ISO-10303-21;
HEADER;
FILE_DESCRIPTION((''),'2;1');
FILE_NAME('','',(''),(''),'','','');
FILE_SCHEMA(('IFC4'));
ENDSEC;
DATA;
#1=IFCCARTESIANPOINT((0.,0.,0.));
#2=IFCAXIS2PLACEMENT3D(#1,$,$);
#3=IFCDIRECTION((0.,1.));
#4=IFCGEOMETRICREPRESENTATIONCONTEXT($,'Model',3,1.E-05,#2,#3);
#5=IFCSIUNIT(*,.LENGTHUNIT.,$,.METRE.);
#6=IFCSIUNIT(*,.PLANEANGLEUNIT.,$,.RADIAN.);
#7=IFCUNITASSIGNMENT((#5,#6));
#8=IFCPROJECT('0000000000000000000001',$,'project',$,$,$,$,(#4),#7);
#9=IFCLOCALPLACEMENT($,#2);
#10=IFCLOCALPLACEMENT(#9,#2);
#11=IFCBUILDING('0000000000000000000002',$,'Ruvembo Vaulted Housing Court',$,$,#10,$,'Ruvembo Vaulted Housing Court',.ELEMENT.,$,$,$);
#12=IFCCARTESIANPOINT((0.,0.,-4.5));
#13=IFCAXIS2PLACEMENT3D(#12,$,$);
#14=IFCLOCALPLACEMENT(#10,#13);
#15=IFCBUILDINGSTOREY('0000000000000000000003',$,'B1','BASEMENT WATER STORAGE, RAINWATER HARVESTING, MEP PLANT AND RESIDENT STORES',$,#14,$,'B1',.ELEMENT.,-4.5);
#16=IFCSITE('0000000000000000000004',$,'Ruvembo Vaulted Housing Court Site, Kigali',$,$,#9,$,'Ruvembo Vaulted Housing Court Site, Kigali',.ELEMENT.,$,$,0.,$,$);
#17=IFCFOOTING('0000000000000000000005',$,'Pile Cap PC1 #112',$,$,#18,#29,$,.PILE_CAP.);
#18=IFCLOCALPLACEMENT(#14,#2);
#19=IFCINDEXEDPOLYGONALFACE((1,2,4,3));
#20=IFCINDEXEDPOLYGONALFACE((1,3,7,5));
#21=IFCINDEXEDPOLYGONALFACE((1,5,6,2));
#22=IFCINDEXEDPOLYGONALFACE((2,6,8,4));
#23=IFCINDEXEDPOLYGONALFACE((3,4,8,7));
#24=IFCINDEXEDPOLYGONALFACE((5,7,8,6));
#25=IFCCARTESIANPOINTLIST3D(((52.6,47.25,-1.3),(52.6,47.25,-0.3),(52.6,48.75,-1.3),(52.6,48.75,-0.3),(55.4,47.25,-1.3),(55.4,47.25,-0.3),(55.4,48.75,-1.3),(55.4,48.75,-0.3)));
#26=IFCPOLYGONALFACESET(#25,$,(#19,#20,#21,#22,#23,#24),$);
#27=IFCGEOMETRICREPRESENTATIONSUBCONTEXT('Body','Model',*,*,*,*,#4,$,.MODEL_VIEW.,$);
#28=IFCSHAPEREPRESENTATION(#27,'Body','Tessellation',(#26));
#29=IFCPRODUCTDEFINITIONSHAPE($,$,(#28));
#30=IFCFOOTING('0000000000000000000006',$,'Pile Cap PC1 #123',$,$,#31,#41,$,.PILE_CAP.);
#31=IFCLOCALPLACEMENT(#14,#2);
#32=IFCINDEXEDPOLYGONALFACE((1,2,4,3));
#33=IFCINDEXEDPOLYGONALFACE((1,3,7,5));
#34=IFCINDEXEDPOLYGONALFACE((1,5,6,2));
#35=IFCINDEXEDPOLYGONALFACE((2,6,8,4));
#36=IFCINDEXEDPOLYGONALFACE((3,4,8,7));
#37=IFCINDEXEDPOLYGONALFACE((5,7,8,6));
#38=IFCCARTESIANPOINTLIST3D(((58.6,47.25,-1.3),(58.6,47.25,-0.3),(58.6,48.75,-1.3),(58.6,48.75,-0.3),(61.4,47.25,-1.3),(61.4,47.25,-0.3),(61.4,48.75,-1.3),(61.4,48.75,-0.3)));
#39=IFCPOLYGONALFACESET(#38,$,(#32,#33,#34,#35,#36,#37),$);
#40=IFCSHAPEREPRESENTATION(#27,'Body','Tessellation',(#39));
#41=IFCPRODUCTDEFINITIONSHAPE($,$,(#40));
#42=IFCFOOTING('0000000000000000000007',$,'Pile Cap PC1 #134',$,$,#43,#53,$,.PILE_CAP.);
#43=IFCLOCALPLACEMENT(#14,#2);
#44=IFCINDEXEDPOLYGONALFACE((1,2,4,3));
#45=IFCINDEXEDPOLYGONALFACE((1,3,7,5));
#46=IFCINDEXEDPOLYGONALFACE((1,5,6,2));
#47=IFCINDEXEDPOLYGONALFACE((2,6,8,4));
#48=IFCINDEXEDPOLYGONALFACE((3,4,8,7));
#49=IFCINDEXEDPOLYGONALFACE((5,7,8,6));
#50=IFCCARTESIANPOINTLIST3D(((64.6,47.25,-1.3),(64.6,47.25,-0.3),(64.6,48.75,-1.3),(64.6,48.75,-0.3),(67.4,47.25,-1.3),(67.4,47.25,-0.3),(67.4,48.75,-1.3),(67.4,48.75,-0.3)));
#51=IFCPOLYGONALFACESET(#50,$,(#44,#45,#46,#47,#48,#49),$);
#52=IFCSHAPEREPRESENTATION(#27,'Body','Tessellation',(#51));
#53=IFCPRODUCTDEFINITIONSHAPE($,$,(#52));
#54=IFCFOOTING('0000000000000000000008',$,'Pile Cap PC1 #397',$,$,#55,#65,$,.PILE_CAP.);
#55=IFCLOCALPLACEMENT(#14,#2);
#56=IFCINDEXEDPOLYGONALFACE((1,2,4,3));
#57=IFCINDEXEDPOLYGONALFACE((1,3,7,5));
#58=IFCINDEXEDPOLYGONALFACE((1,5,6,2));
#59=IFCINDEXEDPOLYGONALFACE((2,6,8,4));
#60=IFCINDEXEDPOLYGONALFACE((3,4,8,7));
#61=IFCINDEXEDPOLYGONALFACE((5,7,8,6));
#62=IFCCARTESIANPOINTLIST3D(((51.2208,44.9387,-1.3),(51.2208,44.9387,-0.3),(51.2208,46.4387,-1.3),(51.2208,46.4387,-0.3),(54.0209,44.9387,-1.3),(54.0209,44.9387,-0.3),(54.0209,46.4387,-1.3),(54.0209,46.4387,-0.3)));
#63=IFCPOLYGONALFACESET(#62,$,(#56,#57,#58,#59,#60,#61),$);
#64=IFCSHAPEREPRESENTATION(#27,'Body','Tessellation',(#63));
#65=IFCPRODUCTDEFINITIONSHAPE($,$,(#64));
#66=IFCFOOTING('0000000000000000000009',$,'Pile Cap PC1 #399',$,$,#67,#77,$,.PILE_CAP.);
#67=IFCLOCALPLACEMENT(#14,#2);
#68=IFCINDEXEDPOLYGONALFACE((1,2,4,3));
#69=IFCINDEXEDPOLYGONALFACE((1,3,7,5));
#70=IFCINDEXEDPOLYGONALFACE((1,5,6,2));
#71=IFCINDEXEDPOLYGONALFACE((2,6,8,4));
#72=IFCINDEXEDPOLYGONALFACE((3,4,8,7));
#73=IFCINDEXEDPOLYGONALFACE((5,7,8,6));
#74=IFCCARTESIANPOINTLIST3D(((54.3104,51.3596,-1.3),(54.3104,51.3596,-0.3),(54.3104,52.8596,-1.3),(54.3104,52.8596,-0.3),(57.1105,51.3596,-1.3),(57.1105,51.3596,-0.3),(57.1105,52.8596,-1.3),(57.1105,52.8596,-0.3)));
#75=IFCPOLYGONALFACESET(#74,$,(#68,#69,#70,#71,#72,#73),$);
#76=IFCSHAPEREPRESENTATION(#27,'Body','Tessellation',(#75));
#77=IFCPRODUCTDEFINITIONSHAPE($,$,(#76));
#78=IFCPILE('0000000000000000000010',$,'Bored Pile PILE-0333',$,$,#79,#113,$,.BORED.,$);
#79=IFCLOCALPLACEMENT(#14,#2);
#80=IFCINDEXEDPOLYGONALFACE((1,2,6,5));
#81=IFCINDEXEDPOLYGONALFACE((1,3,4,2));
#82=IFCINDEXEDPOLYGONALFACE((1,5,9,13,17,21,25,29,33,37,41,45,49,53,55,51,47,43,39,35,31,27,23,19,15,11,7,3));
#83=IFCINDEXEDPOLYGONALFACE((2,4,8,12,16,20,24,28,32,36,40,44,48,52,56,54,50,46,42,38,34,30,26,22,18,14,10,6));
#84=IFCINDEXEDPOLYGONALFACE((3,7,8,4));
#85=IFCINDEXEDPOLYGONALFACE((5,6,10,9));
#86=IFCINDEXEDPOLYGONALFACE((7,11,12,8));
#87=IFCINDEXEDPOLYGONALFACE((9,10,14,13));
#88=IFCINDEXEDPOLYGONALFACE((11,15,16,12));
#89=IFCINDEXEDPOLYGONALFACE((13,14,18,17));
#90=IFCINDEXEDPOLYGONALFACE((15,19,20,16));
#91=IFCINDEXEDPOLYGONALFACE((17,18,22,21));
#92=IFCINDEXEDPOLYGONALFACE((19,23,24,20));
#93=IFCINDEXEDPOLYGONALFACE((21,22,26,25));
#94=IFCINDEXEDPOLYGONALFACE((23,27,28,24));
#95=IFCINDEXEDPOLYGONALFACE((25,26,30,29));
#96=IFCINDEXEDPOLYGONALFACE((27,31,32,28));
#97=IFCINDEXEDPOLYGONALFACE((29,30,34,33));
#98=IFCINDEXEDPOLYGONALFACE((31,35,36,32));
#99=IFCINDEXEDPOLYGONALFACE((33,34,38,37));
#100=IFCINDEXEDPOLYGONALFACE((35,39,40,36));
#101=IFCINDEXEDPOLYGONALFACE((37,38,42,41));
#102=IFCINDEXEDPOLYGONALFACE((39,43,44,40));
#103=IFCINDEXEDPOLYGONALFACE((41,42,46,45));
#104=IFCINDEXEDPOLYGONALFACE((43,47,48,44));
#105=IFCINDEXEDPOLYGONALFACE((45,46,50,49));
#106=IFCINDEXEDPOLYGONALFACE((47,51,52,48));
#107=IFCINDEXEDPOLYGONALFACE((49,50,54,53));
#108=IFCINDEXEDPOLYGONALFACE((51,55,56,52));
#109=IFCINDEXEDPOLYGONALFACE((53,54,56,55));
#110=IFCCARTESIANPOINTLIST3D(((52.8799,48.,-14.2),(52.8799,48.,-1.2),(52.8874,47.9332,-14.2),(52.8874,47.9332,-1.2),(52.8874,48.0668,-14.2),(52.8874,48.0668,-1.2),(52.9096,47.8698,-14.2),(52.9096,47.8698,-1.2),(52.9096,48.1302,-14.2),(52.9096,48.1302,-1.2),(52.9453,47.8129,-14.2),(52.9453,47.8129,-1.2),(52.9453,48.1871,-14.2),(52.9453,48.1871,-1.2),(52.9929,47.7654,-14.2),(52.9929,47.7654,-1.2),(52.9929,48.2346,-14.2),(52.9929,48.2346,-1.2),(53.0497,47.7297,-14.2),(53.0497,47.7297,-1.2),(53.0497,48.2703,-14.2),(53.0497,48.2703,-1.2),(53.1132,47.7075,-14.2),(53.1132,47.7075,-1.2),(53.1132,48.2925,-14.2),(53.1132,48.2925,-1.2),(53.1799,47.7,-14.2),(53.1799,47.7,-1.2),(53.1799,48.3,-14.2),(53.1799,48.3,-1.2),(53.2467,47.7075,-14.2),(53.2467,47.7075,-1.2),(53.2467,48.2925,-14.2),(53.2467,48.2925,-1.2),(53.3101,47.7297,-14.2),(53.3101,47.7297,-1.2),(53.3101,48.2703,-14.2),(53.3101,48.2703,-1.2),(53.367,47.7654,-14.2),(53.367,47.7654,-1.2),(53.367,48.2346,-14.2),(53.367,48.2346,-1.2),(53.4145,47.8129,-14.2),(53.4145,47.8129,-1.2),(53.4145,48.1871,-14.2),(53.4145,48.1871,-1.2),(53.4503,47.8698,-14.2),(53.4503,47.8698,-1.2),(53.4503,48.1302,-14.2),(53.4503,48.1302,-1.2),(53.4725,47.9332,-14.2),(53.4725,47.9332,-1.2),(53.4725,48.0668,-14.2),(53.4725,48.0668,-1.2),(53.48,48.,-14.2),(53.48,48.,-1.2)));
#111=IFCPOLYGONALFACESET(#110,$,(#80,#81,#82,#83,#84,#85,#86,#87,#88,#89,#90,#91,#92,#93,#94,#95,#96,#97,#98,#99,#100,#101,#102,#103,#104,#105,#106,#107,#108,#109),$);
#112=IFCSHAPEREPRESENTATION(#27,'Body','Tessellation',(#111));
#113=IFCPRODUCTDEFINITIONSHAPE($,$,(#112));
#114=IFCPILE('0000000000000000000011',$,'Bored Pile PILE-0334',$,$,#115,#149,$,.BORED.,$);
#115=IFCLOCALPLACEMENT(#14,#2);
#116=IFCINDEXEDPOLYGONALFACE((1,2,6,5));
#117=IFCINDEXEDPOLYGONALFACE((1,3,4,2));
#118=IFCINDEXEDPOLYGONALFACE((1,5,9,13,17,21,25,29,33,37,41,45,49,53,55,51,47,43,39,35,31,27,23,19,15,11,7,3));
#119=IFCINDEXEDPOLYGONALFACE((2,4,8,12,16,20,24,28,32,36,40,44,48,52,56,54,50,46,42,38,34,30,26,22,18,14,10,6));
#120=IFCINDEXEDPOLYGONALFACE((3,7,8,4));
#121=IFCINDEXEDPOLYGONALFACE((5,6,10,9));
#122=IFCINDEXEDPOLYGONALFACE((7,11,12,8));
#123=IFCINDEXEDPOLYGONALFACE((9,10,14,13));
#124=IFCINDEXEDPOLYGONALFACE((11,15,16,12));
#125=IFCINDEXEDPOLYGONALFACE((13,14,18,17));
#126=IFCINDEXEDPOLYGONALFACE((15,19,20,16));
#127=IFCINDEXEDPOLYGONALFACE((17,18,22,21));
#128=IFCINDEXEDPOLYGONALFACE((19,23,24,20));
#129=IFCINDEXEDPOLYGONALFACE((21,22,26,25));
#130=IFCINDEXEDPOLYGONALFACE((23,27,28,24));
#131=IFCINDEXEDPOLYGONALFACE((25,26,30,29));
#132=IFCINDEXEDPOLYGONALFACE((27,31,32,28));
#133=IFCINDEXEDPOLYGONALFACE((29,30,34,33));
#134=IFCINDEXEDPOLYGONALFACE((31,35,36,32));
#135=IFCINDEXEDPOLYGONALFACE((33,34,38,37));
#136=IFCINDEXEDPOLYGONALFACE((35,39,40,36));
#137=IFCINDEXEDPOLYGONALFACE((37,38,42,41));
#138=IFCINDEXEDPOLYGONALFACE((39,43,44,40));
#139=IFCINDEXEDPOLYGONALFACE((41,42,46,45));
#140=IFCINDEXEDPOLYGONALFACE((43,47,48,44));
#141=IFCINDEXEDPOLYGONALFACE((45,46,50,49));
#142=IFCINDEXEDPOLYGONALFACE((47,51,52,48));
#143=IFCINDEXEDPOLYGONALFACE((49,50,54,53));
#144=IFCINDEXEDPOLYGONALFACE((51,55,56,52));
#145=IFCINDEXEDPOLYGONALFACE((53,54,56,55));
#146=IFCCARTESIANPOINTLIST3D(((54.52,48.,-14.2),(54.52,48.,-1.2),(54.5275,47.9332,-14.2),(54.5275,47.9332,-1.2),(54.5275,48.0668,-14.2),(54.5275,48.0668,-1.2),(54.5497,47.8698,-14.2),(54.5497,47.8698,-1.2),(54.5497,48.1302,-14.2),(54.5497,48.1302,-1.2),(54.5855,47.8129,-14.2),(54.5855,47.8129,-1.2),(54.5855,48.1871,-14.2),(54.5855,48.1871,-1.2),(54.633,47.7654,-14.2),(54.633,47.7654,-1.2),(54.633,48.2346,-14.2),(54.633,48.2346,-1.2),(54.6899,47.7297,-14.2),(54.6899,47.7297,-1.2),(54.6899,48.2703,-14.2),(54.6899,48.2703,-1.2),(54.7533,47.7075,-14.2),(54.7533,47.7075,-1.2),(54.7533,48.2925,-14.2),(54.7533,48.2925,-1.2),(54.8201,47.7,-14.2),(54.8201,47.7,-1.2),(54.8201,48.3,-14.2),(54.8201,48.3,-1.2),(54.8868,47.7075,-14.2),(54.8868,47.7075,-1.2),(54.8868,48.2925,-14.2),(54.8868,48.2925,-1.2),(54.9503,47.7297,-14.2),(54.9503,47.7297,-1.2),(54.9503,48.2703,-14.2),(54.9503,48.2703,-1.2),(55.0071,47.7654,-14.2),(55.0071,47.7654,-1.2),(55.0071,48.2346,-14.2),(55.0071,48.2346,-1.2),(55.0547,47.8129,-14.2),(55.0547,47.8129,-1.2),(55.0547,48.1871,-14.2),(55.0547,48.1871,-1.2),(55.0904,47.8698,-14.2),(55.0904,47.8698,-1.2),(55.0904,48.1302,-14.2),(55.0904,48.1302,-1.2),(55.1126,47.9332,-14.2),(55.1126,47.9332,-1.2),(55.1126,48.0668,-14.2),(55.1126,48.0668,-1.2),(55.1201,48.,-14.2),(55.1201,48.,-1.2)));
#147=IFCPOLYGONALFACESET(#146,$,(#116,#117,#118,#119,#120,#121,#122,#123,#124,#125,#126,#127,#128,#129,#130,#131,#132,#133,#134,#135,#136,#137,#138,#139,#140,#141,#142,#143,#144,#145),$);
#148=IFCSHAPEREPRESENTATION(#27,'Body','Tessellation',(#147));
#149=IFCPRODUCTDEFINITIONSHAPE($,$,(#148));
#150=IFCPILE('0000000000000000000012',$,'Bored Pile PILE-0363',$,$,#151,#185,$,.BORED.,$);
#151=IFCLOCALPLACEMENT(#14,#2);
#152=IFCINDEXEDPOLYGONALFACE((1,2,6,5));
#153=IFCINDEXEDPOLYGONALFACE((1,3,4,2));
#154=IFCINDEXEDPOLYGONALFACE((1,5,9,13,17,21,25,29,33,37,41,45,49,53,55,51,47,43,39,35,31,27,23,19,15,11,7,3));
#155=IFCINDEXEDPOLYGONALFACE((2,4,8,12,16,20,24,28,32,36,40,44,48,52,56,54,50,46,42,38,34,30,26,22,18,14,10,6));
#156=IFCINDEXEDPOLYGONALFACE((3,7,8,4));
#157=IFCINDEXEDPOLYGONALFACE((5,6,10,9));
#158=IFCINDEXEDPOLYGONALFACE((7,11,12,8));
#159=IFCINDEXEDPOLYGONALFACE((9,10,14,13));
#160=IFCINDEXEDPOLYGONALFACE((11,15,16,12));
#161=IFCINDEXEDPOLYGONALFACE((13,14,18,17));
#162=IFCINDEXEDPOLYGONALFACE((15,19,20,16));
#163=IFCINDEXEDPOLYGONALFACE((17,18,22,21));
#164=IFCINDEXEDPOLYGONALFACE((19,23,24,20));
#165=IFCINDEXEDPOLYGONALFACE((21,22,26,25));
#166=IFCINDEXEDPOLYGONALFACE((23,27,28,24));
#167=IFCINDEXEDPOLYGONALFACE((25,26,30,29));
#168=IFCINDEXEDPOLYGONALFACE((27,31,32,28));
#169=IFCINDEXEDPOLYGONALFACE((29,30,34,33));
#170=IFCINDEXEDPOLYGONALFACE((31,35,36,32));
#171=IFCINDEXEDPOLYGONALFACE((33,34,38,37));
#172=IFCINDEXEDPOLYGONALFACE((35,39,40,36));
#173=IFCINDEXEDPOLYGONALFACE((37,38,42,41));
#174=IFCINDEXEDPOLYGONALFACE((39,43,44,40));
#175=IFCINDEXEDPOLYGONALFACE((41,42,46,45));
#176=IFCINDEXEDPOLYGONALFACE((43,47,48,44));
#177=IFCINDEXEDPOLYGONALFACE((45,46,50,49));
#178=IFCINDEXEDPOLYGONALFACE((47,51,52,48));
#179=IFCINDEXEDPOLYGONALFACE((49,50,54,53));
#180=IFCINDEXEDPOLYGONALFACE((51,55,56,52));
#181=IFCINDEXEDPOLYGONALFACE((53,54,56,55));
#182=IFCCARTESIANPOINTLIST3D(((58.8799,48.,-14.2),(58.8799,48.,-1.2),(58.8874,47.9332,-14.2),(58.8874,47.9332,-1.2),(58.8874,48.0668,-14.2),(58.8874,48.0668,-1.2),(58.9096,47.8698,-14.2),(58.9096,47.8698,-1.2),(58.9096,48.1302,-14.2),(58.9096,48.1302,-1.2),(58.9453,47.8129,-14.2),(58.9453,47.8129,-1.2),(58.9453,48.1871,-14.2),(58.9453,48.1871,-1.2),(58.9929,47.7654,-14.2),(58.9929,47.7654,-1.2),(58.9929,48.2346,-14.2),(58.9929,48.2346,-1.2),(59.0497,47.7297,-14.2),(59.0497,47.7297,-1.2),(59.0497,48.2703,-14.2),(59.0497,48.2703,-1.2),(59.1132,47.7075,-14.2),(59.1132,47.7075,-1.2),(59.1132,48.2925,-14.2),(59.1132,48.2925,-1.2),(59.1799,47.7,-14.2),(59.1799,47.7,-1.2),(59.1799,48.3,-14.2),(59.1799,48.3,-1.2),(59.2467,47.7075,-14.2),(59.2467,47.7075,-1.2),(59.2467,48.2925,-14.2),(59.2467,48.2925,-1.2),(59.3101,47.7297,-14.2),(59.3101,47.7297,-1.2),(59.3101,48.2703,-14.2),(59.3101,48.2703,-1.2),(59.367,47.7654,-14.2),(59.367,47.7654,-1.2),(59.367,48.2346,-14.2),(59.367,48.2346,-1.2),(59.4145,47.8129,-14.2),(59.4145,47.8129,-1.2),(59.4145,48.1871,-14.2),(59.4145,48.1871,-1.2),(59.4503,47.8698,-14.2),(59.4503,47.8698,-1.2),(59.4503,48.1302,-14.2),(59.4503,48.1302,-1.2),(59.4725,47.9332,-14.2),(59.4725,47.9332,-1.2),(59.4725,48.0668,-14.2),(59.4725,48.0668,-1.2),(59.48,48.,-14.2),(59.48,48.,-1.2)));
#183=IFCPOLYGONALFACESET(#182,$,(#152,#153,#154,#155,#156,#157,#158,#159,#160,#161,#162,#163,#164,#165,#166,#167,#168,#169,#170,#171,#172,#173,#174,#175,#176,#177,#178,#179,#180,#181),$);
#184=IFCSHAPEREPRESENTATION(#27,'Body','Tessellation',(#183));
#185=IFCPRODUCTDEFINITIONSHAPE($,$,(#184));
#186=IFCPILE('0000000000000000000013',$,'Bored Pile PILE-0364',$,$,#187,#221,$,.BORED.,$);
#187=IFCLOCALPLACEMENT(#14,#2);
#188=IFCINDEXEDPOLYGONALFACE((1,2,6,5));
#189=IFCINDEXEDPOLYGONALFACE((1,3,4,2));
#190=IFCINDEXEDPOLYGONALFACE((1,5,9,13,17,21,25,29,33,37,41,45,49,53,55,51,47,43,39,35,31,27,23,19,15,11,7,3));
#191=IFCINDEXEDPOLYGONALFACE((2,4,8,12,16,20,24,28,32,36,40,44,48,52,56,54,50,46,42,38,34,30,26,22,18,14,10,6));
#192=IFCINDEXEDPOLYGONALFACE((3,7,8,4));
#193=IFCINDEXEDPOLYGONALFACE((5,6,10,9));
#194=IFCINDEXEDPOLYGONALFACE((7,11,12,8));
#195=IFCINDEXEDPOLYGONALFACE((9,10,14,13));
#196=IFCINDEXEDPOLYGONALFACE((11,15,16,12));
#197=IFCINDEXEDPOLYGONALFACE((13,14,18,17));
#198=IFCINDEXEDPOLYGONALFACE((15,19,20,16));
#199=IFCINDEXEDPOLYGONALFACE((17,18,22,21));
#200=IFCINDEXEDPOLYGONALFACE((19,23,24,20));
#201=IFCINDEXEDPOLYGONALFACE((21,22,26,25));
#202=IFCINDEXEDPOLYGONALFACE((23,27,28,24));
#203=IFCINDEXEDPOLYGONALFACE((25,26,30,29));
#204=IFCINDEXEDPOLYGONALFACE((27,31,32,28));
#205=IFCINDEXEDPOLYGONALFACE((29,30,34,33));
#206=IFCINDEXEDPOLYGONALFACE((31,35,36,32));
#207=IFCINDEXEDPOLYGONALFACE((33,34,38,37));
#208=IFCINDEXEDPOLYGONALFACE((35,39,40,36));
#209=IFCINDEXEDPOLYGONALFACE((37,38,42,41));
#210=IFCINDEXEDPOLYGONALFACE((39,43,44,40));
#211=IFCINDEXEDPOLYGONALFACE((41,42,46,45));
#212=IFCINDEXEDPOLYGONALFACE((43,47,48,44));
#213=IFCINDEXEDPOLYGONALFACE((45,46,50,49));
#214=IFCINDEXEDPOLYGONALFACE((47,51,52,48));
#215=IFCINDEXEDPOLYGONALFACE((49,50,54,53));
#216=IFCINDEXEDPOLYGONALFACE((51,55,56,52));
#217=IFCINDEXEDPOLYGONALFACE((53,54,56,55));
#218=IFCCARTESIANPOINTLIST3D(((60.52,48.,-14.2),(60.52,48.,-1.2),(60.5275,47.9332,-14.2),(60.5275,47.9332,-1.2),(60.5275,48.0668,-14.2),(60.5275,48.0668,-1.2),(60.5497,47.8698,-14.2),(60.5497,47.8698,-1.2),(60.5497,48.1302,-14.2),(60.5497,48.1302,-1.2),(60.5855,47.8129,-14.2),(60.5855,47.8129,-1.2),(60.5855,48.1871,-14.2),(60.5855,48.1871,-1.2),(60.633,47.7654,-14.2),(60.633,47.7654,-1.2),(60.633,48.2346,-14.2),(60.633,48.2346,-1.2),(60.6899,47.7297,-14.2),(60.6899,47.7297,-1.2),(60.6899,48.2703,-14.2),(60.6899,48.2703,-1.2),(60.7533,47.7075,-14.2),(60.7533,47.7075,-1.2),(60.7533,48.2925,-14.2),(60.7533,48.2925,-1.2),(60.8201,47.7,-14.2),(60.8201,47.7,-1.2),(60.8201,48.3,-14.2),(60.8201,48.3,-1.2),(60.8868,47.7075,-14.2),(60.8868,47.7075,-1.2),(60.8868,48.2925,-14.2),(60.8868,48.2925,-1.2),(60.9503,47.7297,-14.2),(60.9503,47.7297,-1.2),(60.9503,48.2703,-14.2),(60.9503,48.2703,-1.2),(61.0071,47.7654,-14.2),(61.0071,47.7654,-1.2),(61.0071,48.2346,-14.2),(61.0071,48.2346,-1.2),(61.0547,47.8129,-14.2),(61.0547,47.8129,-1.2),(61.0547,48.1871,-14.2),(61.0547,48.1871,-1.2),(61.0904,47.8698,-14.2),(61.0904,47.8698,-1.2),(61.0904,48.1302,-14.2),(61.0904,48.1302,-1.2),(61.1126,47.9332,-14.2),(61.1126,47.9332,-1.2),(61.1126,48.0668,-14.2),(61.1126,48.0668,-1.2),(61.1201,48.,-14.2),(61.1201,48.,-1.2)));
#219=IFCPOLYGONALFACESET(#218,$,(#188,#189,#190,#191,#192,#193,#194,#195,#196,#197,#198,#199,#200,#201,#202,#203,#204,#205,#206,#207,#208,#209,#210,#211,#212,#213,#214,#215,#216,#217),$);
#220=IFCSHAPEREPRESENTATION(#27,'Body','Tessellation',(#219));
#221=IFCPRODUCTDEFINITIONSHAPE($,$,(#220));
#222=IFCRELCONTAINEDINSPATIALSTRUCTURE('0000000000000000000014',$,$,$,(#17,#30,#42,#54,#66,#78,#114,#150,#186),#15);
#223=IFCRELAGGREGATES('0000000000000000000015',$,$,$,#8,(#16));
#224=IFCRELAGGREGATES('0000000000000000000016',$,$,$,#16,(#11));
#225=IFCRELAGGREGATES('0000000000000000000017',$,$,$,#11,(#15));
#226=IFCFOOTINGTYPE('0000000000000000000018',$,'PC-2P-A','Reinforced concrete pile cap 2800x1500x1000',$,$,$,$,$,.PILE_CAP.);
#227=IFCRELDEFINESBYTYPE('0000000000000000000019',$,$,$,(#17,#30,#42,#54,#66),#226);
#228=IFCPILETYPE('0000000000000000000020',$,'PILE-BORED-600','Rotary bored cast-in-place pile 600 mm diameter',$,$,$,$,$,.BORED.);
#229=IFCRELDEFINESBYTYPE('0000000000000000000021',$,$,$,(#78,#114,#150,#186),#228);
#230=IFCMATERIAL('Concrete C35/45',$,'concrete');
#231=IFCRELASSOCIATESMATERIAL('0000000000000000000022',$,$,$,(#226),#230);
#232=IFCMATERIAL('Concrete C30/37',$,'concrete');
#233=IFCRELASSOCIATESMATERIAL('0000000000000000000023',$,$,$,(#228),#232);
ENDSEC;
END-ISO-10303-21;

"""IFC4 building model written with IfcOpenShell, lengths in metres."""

from ifc_helpers import new_model, si_unit, direction, frame, origin, origin_2d, place, context, subcontext, project, spatial, rectangle, circle, extrude, material, material_profile, profile_set, type_object, element, save


model = new_model("IFC4")

# Units and contexts
model_context = context("Model", 3, precision=1e-05, world=origin(), true_north=direction((0.0, 1.0)))
body_context = subcontext(model_context, "Body", "Model", "MODEL_VIEW")
ifc_project = project(units=[si_unit("LENGTHUNIT", "METRE"), si_unit("PLANEANGLEUNIT", "RADIAN")], contexts=[model_context])

# Site, building, storey
site_placement = place(None, origin())
site = spatial("IfcSite", under=ifc_project, at=site_placement, Name="Ruvembo Vaulted Housing Court Site, Kigali", LongName="Ruvembo Vaulted Housing Court Site, Kigali", CompositionType="ELEMENT", RefElevation=0.0)
building_placement = place(site_placement, origin())
building = spatial("IfcBuilding", under=site, at=building_placement, Name="Ruvembo Vaulted Housing Court", LongName="Ruvembo Vaulted Housing Court", CompositionType="ELEMENT")
storey_placement = place(building_placement, frame((0.0, 0.0, -4.5)))
storey = spatial("IfcBuildingStorey", under=building, at=storey_placement, Name="B1", Description="BASEMENT WATER STORAGE, RAINWATER HARVESTING, MEP PLANT AND RESIDENT STORES", LongName="B1", CompositionType="ELEMENT", Elevation=-4.5)

# Footings
ifc_material_1 = material(Name="Concrete C35/45", Category="concrete")
footing_type = type_object("IfcFootingType", Name="PC-2P-A", Description="Reinforced concrete pile cap 2800x1500x1000", PredefinedType="PILE_CAP", material=ifc_material_1)
for number, where, z_axis, x_axis, name in (
    (1, (54.0, 48.0, -1.3), (0.0, 0.0, 1.0), (1.0, 0.0, 0.0), "Pile Cap PC1 #112"),
    (2, (60.0, 48.0, -1.3), (0.0, 0.0, 1.0), (1.0, 0.0, 0.0), "Pile Cap PC1 #123"),
    (3, (66.0, 48.0, -1.3), (0.0, 0.0, 1.0), (1.0, 0.0, 0.0), "Pile Cap PC1 #134"),
    (4, (52.6208, 45.6887, -1.3), (0.0, 0.0, 1.0), (1.0, 0.0, 0.0), "Pile Cap PC1 #397"),
    (5, (55.7104, 52.1096, -1.3), (0.0, 0.0, 1.0), (1.0, 0.0, 0.0), "Pile Cap PC1 #399"),
):
    element("IfcFooting", number, at=place(storey_placement, frame(where, z_axis=z_axis, x_axis=x_axis)), inside=storey, type_object=footing_type, Name=name, PredefinedType="PILE_CAP", context=body_context, shape_type="SweptSolid", body=[
        extrude(rectangle(XDim=2.8, YDim=1.5, at=origin_2d()), origin(), (0.0, 0.0, 1.0), 1.0),
    ])

# Piles
ifc_material_2 = material(Name="Concrete C30/37", Category="concrete")
ifc_material_profile_1 = material_profile(ifc_material_2, circle(Radius=0.3, at=origin_2d()), Name="PILE D600")
ifc_profile_set_1 = profile_set([ifc_material_profile_1], Name="Concrete C30/37")
pile_type = type_object("IfcPileType", Name="PILE-BORED-600", Description="Rotary bored cast-in-place pile 600 mm diameter", PredefinedType="BORED", material=ifc_profile_set_1)
for number, where, z_axis, x_axis, name in (
    (6, (53.1799, 48.0, -1.2), (0.0, 0.0, -1.0), (1.0, 0.0, 0.0), "Bored Pile PILE-0333"),
    (7, (54.8201, 48.0, -1.2), (0.0, 0.0, -1.0), (1.0, 0.0, 0.0), "Bored Pile PILE-0334"),
    (8, (59.1799, 48.0, -1.2), (0.0, 0.0, -1.0), (1.0, 0.0, 0.0), "Bored Pile PILE-0363"),
    (9, (60.8201, 48.0, -1.2), (0.0, 0.0, -1.0), (1.0, 0.0, 0.0), "Bored Pile PILE-0364"),
):
    element("IfcPile", number, at=place(storey_placement, frame(where, z_axis=z_axis, x_axis=x_axis)), inside=storey, type_object=pile_type, Name=name, PredefinedType="BORED", context=body_context, shape_type="SweptSolid", body=[
        extrude(circle(Radius=0.3, at=origin_2d()), origin(), (0.0, 0.0, 1.0), 13.0),
    ])

save(model, "model.ifc")
